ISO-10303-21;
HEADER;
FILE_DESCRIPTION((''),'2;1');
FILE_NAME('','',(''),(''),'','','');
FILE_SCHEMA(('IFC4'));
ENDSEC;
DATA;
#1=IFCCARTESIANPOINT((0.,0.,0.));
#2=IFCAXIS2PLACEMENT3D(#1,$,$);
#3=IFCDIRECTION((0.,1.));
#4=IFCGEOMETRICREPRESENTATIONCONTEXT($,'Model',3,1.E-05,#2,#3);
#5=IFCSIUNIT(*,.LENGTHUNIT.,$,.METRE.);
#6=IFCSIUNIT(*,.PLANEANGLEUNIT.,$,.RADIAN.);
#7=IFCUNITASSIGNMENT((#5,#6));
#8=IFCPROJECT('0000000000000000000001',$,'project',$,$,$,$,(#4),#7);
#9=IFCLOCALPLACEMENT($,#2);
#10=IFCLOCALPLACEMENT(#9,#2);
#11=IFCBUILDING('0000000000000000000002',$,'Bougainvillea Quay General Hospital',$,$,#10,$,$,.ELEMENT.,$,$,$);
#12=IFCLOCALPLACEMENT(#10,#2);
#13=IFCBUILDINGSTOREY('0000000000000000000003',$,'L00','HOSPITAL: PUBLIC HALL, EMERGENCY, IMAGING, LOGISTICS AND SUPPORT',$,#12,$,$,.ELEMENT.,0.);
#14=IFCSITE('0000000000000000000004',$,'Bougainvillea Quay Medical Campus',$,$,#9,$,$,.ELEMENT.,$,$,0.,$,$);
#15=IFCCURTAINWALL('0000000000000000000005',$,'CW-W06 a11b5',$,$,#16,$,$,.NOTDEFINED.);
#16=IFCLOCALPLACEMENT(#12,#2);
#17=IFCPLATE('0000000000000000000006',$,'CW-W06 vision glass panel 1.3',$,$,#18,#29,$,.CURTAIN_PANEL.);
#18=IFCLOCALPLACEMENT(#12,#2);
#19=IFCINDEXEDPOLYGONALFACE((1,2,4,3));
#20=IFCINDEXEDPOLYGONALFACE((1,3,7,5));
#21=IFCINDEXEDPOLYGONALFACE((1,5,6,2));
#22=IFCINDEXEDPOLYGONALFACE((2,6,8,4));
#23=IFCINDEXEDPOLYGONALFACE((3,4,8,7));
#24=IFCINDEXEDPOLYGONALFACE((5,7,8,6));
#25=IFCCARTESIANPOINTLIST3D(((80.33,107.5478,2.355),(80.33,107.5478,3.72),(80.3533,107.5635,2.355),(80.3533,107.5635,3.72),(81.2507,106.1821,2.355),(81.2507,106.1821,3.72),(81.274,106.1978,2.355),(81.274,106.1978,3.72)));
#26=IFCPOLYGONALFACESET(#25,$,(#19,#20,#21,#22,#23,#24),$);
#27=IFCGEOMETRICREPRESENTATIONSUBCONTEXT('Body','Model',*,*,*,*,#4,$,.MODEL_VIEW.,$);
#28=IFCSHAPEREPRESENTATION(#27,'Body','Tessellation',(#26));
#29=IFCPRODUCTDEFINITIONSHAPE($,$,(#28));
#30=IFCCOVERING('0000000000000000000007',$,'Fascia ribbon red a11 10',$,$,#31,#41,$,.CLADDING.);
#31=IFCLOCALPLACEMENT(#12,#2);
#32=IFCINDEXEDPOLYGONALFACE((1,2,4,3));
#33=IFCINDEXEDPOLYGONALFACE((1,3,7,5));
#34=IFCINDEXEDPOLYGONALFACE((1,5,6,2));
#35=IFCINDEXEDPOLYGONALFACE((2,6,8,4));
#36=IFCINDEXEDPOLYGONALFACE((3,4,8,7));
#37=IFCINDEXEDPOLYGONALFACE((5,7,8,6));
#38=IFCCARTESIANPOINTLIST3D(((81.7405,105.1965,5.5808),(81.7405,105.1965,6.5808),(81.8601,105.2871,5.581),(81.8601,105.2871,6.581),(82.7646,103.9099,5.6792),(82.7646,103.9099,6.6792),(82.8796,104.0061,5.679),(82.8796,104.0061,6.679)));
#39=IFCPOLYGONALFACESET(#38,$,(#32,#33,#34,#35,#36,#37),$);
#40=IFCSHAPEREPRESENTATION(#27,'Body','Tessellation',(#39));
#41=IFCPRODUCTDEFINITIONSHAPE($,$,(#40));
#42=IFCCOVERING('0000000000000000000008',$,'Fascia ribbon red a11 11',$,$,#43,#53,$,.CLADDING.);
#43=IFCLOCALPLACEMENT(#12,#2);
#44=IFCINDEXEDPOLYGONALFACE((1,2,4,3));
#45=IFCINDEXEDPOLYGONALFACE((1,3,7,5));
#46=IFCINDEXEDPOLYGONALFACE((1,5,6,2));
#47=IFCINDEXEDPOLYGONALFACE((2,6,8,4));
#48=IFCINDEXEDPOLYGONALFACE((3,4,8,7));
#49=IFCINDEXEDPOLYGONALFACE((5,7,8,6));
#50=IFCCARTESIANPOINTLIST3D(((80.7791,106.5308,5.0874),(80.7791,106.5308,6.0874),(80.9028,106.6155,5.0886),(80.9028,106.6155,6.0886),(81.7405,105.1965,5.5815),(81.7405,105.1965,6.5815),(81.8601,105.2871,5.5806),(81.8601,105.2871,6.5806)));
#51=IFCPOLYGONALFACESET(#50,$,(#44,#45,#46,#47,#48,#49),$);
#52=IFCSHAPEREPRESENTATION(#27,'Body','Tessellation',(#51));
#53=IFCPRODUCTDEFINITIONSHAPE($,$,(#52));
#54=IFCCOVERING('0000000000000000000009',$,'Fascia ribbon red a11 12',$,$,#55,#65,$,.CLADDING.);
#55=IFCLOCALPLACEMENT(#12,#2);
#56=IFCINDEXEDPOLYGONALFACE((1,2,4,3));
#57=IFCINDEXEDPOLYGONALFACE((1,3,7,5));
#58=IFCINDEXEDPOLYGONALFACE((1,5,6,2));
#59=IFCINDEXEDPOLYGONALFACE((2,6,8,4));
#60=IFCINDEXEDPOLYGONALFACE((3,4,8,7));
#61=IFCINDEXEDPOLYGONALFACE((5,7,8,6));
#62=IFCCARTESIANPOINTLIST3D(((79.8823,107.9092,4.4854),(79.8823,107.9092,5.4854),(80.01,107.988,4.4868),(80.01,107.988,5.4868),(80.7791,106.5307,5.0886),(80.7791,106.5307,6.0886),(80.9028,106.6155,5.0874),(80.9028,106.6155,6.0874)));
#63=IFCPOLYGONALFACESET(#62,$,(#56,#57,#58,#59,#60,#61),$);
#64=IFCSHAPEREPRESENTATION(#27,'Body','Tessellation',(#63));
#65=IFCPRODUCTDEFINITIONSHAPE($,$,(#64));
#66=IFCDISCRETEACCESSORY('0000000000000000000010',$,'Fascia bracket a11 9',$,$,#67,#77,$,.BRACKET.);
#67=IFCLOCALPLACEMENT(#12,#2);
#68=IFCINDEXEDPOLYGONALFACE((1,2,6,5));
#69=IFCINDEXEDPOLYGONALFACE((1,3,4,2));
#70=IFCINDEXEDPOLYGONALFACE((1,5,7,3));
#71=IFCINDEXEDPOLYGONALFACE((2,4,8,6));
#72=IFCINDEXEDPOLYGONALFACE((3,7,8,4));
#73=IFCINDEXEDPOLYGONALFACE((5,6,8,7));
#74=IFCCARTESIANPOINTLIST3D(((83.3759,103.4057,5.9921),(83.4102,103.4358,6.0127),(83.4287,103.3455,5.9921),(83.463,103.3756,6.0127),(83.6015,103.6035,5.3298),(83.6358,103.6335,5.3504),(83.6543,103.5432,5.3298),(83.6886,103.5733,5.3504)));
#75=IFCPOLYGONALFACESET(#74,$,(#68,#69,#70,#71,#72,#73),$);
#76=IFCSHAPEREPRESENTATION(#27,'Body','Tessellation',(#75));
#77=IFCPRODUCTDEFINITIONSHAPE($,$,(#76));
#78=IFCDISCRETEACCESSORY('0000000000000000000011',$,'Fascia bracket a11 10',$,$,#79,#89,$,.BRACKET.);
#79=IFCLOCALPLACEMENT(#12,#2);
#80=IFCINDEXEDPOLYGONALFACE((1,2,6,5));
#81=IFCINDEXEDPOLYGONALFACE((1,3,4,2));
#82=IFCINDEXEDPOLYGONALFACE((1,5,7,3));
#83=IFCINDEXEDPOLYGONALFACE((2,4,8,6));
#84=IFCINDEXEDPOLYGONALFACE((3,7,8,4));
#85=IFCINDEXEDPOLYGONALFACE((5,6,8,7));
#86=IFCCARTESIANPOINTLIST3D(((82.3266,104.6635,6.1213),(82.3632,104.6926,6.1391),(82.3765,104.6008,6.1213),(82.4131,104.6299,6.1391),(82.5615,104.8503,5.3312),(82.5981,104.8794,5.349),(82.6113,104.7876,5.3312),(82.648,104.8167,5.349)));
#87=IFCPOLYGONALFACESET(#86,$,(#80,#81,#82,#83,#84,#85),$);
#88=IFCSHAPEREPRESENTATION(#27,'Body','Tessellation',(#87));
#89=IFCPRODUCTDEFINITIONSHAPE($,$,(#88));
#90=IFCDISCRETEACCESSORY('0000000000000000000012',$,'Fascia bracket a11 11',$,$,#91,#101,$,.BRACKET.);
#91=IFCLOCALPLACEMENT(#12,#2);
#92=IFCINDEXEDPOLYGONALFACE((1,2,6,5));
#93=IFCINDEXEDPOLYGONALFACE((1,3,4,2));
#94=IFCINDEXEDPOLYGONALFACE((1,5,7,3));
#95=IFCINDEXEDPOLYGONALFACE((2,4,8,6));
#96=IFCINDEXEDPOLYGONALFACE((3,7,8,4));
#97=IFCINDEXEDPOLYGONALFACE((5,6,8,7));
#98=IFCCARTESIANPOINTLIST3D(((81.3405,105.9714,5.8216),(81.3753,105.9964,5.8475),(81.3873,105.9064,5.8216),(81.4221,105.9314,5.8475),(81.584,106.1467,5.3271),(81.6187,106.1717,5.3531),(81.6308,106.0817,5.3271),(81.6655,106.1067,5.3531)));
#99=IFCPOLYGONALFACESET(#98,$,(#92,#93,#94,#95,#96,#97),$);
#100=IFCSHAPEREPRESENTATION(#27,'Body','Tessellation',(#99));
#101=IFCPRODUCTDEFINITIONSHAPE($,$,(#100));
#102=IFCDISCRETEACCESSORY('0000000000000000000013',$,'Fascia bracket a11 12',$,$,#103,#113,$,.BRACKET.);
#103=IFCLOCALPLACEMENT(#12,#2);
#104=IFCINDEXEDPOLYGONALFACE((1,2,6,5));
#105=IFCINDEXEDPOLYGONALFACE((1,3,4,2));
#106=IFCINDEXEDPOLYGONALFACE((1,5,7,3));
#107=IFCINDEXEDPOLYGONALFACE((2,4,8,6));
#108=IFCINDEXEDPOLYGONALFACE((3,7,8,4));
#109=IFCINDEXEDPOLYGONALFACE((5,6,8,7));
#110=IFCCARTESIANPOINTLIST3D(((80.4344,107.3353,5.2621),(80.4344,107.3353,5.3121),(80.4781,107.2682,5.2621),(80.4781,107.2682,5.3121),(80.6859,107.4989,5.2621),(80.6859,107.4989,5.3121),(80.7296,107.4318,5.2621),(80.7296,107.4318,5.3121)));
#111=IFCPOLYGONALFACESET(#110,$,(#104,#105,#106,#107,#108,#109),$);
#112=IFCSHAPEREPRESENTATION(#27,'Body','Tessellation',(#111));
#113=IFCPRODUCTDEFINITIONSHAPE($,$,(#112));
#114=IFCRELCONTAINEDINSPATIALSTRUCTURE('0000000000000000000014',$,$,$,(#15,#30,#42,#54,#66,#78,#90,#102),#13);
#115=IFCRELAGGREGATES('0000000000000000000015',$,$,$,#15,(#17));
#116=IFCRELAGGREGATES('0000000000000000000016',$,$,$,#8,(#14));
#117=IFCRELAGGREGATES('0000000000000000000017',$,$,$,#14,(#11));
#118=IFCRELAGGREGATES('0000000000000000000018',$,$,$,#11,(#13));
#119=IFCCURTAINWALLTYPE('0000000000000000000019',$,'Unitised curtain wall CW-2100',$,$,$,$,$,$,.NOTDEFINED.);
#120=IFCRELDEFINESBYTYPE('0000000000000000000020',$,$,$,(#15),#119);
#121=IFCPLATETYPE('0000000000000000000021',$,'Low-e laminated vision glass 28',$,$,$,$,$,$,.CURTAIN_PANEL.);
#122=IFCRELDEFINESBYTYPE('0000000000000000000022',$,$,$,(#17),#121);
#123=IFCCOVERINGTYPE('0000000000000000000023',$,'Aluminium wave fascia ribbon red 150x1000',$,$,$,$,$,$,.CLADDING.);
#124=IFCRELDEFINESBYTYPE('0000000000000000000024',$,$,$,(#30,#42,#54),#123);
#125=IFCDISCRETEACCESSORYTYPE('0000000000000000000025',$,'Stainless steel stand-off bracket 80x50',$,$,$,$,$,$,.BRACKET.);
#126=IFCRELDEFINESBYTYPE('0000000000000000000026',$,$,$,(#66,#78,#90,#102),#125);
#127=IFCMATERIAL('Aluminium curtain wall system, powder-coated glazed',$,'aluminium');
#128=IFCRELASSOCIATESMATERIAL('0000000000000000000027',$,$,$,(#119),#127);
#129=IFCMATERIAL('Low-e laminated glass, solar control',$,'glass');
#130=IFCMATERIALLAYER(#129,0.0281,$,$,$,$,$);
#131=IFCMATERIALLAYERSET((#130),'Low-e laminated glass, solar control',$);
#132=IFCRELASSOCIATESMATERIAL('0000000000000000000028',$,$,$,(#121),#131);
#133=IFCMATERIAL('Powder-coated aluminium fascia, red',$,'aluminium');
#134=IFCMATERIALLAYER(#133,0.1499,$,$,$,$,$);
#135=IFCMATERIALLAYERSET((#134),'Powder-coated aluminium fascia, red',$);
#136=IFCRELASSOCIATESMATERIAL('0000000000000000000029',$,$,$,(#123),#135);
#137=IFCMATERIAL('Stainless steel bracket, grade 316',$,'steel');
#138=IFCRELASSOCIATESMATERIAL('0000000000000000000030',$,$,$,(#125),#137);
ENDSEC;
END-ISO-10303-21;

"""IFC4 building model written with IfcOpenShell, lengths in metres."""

from ifc_helpers import new_model, si_unit, direction, frame, origin, origin_2d, place, context, subcontext, project, spatial, polyline, rectangle, outline, extrude, material, layer, layer_set, material_profile, profile_set, type_object, element, aggregate, save


model = new_model("IFC4")

# Units and contexts
model_context = context("Model", 3, precision=1e-05, world=origin(), true_north=direction((0.0, 1.0)))
body_context = subcontext(model_context, "Body", "Model", "MODEL_VIEW")
ifc_project = project(units=[si_unit("LENGTHUNIT", "METRE"), si_unit("PLANEANGLEUNIT", "RADIAN")], contexts=[model_context])

# Site, building, storey
site_placement = place(None, origin())
site = spatial("IfcSite", under=ifc_project, at=site_placement, Name="Bougainvillea Quay Medical Campus", CompositionType="ELEMENT", RefElevation=0.0)
building_placement = place(site_placement, origin())
building = spatial("IfcBuilding", under=site, at=building_placement, Name="Bougainvillea Quay General Hospital", CompositionType="ELEMENT")
storey_placement = place(building_placement, origin())
storey = spatial("IfcBuildingStorey", under=building, at=storey_placement, Name="L00", Description="HOSPITAL: PUBLIC HALL, EMERGENCY, IMAGING, LOGISTICS AND SUPPORT", CompositionType="ELEMENT", Elevation=0.0)

# Curtain wall
ifc_material_1 = material(Name="Aluminium curtain wall system, powder-coated glazed", Category="aluminium")
curtain_wall_type = type_object("IfcCurtainWallType", Name="Unitised curtain wall CW-2100", PredefinedType="NOTDEFINED", material=ifc_material_1)
curtain_wall_1_placement = place(storey_placement, origin())
curtain_wall_1 = element("IfcCurtainWall", 1, at=curtain_wall_1_placement, inside=storey, type_object=curtain_wall_type, Name="CW-W06 a11b5", PredefinedType="NOTDEFINED")

# Plate
ifc_material_2 = material(Name="Low-e laminated glass, solar control", Category="glass")
ifc_layer_1 = layer(ifc_material_2, 0.0281)
ifc_layer_set_1 = layer_set([ifc_layer_1], Name="Low-e laminated glass, solar control")
plate_type_1 = type_object("IfcPlateType", Name="Low-e laminated vision glass 28", PredefinedType="CURTAIN_PANEL", material=ifc_layer_set_1)
plate_1_placement = place(storey_placement, frame((80.802, 106.8728, 2.355), z_axis=(0.0, 0.0, 1.0), x_axis=(-0.559005, 0.829164, 0.0)))
plate_1 = element("IfcPlate", 2, at=plate_1_placement, type_object=plate_type_1, Name="CW-W06 vision glass panel 1.3", PredefinedType="CURTAIN_PANEL", context=body_context, shape_type="SweptSolid", body=[
    extrude(rectangle(XDim=1.647, YDim=0.0281, at=origin_2d()), origin(), (0.0, 0.0, 1.0), 1.365),
])
aggregate(curtain_wall_1, [plate_1])

# Coverings
ifc_material_3 = material(Name="Powder-coated aluminium fascia, red", Category="aluminium")
ifc_layer_2 = layer(ifc_material_3, 0.1499)
ifc_layer_set_2 = layer_set([ifc_layer_2], Name="Powder-coated aluminium fascia, red")
covering_type = type_object("IfcCoveringType", Name="Aluminium wave fascia ribbon red 150x1000", PredefinedType="CLADDING", material=ifc_layer_set_2)
covering_1_placement = place(storey_placement, frame((82.8796, 104.0061, 5.679), z_axis=(-0.037186, 0.046713, 0.998216), x_axis=(-0.621618, 0.781042, -0.059707)))
element("IfcCovering", 3, at=covering_1_placement, inside=storey, type_object=covering_type, Name="Fascia ribbon red a11 10", PredefinedType="CLADDING", context=body_context, shape_type="SweptSolid", body=[
    extrude(outline(polyline([(0.0, 0.0), (1.6401, 0.0), (1.6438, 0.15), (-0.0037, 0.1499), (0.0, 0.0)])), origin(), (-0.059707, -0.000006, 0.998216), 1.0),
])
covering_2_placement = place(storey_placement, frame((81.8601, 105.2871, 5.5806), z_axis=(-0.168793, 0.233048, 0.957704), x_axis=(-0.559918, 0.776974, -0.287754)))
element("IfcCovering", 4, at=covering_2_placement, inside=storey, type_object=covering_type, Name="Fascia ribbon red a11 11", PredefinedType="CLADDING", context=body_context, shape_type="SweptSolid", body=[
    extrude(outline(polyline([(0.0, 0.0), (1.7097, 0.0), (1.7135, 0.15), (-0.0037, 0.15), (0.0, 0.0)])), origin(), (-0.287754, -0.00066, 0.957704), 1.0),
])
covering_3_placement = place(storey_placement, frame((80.9028, 106.6155, 5.0874), z_axis=(-0.188425, 0.288268, 0.938828), x_axis=(-0.511916, 0.786982, -0.344386)))
element("IfcCovering", 5, at=covering_3_placement, inside=storey, type_object=covering_type, Name="Fascia ribbon red a11 12", PredefinedType="CLADDING", context=body_context, shape_type="SweptSolid", body=[
    extrude(outline(polyline([(0.0, 0.0), (1.7441, 0.0), (1.7479, 0.15), (-0.0037, 0.15), (0.0, 0.0)])), origin(), (-0.344386, -0.000719, 0.938828), 1.0),
])

# Discrete accessories
ifc_material_4 = material(Name="Stainless steel bracket, grade 316", Category="steel")
ifc_material_profile_1 = material_profile(ifc_material_4, rectangle(XDim=0.0801, YDim=0.05, at=origin_2d()))
ifc_profile_set_1 = profile_set([ifc_material_profile_1], Name="Stainless steel bracket, grade 316")
discrete_accessory_type = type_object("IfcDiscreteAccessoryType", Name="Stainless steel stand-off bracket 80x50", PredefinedType="BRACKET", material=ifc_profile_set_1)
discrete_accessory_1_placement = place(storey_placement, frame((83.645, 103.5884, 5.3401), z_axis=(-0.310245, -0.271968, 0.910924), x_axis=(0.659196, -0.751971, 0.0)))
element("IfcDiscreteAccessory", 6, at=discrete_accessory_1_placement, inside=storey, type_object=discrete_accessory_type, Name="Fascia bracket a11 9", PredefinedType="BRACKET", context=body_context, shape_type="SweptSolid", body=[
    extrude(rectangle(XDim=0.0801, YDim=0.05, at=origin_2d()), origin(), (0.0, 0.0, 1.0), 0.7271),
])
discrete_accessory_2_placement = place(storey_placement, frame((82.6047, 104.8335, 5.3401), z_axis=(-0.27791, -0.220999, 0.93484), x_axis=(0.62241, -0.782691, 0.0)))
element("IfcDiscreteAccessory", 7, at=discrete_accessory_2_placement, inside=storey, type_object=discrete_accessory_type, Name="Fascia bracket a11 10", PredefinedType="BRACKET", context=body_context, shape_type="SweptSolid", body=[
    extrude(rectangle(XDim=0.0801, YDim=0.05, at=origin_2d()), origin(), (0.0, 0.0, 1.0), 0.8452),
])
discrete_accessory_3_placement = place(storey_placement, frame((81.6248, 106.1267, 5.3401), z_axis=(-0.420928, -0.303136, 0.854944), x_axis=(0.58439, -0.811473, 0.0)))
element("IfcDiscreteAccessory", 8, at=discrete_accessory_3_placement, inside=storey, type_object=discrete_accessory_type, Name="Fascia bracket a11 11", PredefinedType="BRACKET", context=body_context, shape_type="SweptSolid", body=[
    extrude(rectangle(XDim=0.0801, YDim=0.05, at=origin_2d()), origin(), (0.0, 0.0, 1.0), 0.5784),
])
discrete_accessory_4_placement = place(storey_placement, frame((80.7078, 107.4653, 5.2871), z_axis=(-0.838258, -0.545274, 0.0), x_axis=(0.545274, -0.838258, 0.0)))
element("IfcDiscreteAccessory", 9, at=discrete_accessory_4_placement, inside=storey, type_object=discrete_accessory_type, Name="Fascia bracket a11 12", PredefinedType="BRACKET", context=body_context, shape_type="SweptSolid", body=[
    extrude(rectangle(XDim=0.0801, YDim=0.05, at=origin_2d()), origin(), (0.0, 0.0, 1.0), 0.3),
])

save(model, "model.ifc")
